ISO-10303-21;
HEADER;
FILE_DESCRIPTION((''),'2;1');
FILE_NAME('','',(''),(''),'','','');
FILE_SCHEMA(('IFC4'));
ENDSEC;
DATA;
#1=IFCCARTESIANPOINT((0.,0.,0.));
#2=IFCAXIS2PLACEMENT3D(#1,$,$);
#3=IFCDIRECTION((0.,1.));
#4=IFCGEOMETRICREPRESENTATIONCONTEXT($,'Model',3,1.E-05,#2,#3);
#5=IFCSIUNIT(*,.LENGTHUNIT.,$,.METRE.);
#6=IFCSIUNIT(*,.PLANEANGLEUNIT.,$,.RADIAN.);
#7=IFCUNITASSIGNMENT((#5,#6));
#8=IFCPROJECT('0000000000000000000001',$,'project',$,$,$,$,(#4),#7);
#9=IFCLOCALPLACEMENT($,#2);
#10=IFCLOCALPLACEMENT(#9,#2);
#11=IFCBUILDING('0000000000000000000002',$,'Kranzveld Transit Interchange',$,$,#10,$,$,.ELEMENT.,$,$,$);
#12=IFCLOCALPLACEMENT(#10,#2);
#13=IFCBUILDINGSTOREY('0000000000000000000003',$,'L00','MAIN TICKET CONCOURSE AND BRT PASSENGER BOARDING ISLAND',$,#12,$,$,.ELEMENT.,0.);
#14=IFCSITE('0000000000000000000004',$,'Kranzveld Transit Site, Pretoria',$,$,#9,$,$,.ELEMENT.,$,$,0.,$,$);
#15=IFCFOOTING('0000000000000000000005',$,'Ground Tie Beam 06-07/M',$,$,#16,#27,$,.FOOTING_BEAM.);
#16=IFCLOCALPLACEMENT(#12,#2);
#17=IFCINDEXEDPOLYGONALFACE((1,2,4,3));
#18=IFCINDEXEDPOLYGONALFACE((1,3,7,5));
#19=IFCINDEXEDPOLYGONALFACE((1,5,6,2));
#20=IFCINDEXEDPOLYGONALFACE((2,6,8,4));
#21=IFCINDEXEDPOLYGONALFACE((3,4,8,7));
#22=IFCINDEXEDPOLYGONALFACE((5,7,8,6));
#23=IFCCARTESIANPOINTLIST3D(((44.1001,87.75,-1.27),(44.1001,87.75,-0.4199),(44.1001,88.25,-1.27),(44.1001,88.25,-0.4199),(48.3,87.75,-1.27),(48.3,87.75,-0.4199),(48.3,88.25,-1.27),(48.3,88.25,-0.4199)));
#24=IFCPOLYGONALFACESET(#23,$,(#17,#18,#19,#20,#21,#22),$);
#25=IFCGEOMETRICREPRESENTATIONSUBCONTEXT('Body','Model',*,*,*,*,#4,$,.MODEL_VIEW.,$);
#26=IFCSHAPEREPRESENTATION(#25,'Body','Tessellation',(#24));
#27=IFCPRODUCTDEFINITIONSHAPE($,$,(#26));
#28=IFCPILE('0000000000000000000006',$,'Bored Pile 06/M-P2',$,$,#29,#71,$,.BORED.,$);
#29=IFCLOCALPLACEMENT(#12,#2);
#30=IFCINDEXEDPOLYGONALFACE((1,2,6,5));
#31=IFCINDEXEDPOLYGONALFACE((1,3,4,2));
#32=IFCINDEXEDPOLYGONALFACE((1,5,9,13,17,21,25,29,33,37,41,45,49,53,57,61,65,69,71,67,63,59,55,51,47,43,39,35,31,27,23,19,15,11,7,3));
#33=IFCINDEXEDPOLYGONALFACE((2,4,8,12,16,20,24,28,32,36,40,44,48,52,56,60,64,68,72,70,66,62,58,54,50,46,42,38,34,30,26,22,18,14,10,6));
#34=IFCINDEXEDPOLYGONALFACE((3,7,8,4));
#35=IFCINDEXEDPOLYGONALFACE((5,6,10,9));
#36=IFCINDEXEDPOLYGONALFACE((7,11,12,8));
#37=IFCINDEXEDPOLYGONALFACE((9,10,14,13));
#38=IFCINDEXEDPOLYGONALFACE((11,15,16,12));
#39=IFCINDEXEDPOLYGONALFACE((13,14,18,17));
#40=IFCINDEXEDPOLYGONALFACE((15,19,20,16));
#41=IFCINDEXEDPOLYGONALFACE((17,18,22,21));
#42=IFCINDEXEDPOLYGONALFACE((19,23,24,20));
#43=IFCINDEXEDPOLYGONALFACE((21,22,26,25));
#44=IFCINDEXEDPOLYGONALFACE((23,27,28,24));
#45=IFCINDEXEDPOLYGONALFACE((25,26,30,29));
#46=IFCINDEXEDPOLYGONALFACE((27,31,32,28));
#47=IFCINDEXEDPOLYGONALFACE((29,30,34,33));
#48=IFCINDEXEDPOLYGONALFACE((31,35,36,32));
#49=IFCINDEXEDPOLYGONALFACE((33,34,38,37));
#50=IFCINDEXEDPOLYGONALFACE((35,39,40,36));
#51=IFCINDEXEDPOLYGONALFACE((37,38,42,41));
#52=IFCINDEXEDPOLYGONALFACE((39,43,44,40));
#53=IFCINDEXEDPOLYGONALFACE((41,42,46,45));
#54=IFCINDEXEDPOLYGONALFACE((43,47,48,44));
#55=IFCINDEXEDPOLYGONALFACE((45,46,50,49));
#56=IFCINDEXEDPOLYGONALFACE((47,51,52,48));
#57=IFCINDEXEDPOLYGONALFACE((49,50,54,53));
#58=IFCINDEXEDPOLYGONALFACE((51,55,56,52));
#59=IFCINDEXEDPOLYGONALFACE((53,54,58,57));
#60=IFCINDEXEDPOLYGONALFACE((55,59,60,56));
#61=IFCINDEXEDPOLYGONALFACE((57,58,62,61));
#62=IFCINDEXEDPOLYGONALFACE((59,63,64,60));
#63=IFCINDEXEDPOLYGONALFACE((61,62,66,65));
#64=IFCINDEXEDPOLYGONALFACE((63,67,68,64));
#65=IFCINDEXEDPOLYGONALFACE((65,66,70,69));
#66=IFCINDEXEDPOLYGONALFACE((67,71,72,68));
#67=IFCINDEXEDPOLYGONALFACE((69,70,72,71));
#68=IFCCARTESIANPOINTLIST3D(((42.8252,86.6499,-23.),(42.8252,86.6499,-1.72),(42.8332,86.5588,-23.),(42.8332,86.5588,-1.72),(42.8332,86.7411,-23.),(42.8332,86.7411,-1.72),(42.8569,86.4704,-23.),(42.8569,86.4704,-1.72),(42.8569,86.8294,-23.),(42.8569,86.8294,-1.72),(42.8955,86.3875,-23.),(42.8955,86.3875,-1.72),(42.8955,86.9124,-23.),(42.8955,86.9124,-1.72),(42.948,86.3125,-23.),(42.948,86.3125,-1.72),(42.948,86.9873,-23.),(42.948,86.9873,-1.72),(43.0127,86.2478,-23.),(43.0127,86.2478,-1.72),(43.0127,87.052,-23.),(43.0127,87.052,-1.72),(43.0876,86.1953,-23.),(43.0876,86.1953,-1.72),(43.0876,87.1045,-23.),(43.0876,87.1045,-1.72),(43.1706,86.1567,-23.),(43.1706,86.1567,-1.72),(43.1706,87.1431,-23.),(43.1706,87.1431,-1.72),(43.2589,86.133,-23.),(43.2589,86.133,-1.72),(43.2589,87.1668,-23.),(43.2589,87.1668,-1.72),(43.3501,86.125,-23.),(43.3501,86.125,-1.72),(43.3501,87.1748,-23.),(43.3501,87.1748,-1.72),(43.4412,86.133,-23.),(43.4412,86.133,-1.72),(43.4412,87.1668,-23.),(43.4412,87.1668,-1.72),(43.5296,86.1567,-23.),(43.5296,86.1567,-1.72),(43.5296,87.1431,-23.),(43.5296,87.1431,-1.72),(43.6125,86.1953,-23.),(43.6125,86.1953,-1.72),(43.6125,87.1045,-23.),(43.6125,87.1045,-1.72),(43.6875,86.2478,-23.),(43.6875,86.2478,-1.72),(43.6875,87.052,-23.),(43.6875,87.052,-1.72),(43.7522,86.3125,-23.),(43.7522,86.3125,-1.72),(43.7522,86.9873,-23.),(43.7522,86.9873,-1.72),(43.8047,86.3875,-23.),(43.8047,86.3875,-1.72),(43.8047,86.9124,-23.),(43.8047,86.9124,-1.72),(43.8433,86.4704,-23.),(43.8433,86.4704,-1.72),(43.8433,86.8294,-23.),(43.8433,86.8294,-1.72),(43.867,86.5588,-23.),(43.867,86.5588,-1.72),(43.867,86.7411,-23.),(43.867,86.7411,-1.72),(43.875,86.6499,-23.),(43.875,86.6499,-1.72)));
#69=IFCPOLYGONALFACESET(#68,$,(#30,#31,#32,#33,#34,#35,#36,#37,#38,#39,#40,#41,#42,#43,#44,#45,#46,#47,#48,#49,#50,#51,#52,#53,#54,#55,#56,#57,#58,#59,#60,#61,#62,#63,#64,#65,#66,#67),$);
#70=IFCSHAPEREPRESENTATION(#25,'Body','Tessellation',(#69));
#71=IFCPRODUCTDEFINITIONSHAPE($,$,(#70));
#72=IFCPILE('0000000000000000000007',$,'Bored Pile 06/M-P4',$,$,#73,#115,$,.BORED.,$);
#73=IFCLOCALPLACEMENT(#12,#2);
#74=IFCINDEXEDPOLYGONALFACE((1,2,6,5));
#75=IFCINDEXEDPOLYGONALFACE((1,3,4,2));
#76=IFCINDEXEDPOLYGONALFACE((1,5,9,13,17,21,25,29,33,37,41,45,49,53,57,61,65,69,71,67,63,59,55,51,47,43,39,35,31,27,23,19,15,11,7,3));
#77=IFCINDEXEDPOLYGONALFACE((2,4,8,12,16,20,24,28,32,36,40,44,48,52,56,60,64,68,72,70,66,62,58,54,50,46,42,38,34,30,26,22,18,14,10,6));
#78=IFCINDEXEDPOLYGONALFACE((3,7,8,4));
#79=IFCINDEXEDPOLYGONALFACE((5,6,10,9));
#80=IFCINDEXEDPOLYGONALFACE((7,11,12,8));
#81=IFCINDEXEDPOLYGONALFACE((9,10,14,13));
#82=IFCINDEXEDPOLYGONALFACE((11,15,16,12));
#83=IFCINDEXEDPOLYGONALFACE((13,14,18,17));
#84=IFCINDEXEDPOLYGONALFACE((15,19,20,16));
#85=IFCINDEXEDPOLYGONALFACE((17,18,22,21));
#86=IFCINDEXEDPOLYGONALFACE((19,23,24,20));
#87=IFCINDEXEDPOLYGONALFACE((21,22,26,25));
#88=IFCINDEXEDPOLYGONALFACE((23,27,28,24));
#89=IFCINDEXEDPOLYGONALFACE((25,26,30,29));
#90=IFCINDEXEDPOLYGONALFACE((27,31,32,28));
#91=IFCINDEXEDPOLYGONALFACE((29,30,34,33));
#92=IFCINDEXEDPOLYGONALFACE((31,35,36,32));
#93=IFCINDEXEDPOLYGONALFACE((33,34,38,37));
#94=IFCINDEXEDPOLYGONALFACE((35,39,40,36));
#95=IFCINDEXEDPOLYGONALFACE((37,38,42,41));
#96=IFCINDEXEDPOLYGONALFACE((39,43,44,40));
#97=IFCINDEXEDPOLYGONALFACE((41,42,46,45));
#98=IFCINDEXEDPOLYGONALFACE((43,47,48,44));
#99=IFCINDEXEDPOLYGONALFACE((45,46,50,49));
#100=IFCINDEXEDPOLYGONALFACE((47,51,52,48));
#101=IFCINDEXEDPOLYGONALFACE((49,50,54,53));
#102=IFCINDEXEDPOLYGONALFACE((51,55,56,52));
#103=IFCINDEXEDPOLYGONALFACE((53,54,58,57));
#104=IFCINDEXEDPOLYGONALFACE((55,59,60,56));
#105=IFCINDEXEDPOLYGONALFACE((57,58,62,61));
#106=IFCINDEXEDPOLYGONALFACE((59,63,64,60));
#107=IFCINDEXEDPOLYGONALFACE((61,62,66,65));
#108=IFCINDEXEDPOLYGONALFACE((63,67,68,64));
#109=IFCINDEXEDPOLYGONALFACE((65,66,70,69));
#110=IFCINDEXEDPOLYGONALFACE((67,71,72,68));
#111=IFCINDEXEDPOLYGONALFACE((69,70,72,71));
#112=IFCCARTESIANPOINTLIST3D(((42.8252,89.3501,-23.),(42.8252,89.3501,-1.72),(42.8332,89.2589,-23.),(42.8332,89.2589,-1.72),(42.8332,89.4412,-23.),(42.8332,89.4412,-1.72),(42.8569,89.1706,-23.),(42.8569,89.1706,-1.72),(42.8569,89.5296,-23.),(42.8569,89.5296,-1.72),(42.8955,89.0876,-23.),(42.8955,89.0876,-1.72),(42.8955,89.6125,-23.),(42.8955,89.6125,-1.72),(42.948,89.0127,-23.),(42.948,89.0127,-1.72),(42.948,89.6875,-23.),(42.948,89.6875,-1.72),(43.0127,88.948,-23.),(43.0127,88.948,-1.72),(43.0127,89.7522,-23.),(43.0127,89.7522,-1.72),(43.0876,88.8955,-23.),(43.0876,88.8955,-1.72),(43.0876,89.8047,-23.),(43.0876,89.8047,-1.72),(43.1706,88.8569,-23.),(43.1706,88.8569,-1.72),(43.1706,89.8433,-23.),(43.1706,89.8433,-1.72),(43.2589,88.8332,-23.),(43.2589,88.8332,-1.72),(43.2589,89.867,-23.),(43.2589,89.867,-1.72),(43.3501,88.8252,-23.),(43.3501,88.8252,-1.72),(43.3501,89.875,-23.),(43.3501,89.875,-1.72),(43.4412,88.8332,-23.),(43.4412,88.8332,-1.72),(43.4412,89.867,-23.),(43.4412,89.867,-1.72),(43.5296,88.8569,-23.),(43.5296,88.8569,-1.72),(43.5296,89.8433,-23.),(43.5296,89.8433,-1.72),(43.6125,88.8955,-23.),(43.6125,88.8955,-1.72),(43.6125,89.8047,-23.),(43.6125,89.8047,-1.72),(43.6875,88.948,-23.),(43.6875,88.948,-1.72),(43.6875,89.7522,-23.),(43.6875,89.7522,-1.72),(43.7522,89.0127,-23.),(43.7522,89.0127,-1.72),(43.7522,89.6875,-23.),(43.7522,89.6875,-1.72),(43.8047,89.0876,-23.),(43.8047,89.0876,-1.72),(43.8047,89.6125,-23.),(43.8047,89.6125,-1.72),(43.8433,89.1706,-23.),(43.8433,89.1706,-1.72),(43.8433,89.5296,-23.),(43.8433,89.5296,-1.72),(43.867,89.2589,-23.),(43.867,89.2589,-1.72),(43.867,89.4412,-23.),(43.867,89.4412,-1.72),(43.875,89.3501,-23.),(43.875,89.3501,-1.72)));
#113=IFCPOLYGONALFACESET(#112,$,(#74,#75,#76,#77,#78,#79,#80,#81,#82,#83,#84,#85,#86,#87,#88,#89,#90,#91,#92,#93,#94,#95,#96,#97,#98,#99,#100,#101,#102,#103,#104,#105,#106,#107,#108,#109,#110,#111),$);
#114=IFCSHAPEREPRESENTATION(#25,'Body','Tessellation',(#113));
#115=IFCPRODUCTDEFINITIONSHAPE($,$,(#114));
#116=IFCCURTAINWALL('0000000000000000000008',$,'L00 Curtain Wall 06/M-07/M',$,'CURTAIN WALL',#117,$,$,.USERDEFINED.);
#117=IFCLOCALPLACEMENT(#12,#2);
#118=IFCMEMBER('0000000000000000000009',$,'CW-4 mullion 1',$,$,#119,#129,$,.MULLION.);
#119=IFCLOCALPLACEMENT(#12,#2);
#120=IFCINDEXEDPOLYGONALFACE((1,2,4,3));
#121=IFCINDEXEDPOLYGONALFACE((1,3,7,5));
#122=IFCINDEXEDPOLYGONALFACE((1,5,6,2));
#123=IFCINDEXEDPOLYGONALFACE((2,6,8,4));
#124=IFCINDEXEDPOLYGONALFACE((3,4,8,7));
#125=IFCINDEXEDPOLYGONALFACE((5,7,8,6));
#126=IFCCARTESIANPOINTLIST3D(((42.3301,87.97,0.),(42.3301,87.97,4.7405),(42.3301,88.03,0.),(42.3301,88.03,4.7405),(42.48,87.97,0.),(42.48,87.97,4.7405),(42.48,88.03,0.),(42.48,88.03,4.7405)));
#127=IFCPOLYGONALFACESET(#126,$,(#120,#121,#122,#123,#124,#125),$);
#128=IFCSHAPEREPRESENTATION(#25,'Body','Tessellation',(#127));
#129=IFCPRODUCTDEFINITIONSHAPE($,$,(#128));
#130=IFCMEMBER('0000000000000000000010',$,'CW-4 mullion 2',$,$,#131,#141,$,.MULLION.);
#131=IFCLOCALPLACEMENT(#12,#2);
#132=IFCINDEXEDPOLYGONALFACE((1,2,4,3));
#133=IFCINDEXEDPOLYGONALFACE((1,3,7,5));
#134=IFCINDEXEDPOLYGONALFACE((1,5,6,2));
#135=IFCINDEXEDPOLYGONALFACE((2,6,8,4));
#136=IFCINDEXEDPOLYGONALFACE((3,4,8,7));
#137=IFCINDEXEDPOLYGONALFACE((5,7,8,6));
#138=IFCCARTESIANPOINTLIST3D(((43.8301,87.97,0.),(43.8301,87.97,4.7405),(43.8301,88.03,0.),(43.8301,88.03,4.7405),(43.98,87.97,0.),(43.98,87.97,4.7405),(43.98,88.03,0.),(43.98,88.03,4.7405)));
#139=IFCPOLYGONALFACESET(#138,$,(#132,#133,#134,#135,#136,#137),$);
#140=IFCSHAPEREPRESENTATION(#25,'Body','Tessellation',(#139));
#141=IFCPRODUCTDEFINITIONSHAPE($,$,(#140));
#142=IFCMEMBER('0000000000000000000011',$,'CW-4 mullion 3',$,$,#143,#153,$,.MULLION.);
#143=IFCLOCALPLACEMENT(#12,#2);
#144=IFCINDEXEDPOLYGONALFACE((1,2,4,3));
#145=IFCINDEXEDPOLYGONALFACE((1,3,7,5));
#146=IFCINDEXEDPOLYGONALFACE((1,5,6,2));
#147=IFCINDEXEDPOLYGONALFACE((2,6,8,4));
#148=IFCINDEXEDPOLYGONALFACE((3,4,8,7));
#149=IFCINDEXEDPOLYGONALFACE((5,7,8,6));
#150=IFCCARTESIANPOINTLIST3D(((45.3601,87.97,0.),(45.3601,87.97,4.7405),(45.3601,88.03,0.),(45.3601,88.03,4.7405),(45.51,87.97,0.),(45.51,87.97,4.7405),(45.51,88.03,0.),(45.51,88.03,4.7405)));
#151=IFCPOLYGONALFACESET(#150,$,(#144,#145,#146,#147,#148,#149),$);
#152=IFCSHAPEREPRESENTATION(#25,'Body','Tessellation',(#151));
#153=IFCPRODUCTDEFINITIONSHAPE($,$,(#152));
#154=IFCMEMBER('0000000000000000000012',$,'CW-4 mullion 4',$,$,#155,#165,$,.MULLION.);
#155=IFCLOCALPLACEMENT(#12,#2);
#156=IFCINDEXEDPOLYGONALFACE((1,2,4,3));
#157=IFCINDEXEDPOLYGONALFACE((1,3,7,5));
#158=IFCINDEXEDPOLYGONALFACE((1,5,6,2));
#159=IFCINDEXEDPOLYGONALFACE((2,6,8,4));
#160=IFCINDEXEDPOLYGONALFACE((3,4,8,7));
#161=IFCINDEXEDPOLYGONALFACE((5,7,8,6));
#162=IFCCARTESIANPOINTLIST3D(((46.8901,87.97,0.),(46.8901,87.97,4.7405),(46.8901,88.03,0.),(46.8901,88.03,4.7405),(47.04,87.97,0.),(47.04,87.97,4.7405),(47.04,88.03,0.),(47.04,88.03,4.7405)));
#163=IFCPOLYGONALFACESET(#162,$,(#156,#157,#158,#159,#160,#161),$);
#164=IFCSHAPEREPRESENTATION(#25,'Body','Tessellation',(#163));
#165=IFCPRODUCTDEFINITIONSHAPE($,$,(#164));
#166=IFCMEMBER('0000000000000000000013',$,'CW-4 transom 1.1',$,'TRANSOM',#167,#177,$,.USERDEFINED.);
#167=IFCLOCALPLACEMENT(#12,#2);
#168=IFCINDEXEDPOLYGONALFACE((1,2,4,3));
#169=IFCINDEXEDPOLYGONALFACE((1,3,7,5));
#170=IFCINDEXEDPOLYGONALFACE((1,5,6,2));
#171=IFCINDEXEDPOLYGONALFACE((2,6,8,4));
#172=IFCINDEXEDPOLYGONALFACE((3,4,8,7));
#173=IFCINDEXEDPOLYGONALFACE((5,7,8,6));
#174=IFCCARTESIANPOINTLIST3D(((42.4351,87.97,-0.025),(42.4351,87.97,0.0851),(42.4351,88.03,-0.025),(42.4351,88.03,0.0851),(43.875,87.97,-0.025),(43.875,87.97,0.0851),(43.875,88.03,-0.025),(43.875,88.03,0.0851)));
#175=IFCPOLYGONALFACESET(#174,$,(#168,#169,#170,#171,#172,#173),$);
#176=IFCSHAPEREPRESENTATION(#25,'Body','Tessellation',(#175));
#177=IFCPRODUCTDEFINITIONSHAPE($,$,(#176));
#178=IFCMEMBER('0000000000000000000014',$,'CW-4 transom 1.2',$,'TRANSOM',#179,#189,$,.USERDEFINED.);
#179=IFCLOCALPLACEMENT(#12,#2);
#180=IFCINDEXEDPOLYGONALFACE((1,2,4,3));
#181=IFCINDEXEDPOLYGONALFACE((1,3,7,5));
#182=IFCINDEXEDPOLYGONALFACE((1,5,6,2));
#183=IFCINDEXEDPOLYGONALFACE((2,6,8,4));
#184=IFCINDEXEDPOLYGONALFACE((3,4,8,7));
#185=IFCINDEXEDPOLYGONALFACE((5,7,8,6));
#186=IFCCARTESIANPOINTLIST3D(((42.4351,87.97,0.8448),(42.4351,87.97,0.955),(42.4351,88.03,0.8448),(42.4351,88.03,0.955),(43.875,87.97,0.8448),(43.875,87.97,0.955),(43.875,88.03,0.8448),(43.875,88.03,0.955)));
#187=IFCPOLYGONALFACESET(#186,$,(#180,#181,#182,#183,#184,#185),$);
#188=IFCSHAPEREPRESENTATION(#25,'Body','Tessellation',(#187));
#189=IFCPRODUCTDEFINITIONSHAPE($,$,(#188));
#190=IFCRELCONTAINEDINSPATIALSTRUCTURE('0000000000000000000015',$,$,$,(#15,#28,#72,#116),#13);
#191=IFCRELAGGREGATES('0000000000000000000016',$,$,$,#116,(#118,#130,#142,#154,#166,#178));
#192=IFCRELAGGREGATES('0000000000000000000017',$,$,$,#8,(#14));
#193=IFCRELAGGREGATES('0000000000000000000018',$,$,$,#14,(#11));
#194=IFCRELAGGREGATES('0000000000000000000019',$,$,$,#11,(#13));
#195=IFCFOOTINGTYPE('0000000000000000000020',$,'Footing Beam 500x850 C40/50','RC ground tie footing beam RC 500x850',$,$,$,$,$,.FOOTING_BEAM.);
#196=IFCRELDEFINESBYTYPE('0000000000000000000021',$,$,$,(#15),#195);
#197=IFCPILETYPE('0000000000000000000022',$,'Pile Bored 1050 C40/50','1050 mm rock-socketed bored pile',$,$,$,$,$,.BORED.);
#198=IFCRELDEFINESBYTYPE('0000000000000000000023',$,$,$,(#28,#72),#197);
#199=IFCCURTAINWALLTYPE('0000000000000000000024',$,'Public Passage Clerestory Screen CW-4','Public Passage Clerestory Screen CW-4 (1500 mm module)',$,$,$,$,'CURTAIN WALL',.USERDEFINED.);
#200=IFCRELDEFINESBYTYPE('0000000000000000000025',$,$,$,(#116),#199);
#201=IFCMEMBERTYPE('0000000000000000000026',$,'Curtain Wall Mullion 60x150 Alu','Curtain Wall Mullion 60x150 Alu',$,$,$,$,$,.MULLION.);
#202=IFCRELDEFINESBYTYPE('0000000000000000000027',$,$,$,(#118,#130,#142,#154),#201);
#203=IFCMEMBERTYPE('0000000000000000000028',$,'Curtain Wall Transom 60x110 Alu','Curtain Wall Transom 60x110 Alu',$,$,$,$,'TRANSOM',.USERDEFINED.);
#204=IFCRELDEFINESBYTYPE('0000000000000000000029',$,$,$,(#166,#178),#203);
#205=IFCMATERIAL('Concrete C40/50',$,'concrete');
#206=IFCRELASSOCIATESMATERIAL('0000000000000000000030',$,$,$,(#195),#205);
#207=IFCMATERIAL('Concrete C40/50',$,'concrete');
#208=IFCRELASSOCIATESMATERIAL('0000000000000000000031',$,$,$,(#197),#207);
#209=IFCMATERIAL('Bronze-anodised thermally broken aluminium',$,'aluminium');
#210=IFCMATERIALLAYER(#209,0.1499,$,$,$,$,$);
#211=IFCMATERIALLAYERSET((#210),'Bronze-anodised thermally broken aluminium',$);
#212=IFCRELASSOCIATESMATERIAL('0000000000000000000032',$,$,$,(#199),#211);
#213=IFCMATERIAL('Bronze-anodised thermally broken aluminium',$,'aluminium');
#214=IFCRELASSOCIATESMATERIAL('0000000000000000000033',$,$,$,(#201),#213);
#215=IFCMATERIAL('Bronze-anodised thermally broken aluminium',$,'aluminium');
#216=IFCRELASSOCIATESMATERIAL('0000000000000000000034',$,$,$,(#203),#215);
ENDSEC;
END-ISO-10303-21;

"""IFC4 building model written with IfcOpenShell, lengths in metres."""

from ifc_helpers import new_model, si_unit, direction, frame, origin, origin_2d, place, context, subcontext, project, spatial, rectangle, circle, extrude, material, layer, layer_set, material_profile, profile_set, type_object, element, aggregate, save


model = new_model("IFC4")

# Units and contexts
model_context = context("Model", 3, precision=1e-05, world=origin(), true_north=direction((0.0, 1.0)))
body_context = subcontext(model_context, "Body", "Model", "MODEL_VIEW")
ifc_project = project(units=[si_unit("LENGTHUNIT", "METRE"), si_unit("PLANEANGLEUNIT", "RADIAN")], contexts=[model_context])

# Site, building, storey
site_placement = place(None, origin())
site = spatial("IfcSite", under=ifc_project, at=site_placement, Name="Kranzveld Transit Site, Pretoria", CompositionType="ELEMENT", RefElevation=0.0)
building_placement = place(site_placement, origin())
building = spatial("IfcBuilding", under=site, at=building_placement, Name="Kranzveld Transit Interchange", CompositionType="ELEMENT")
storey_placement = place(building_placement, origin())
storey = spatial("IfcBuildingStorey", under=building, at=storey_placement, Name="L00", Description="MAIN TICKET CONCOURSE AND BRT PASSENGER BOARDING ISLAND", CompositionType="ELEMENT", Elevation=0.0)

# Footing
ifc_material_1 = material(Name="Concrete C40/50", Category="concrete")
ifc_material_profile_1 = material_profile(ifc_material_1, rectangle(XDim=0.5, YDim=0.8501, at=origin_2d()), Name="RC 500x850")
ifc_profile_set_1 = profile_set([ifc_material_profile_1], Name="Concrete C40/50")
footing_type = type_object("IfcFootingType", Name="Footing Beam 500x850 C40/50", Description="RC ground tie footing beam RC 500x850", PredefinedType="FOOTING_BEAM", material=ifc_profile_set_1)
footing_placement = place(storey_placement, frame((44.1001, 88.0, -0.845), z_axis=(1.0, 0.0, 0.0), x_axis=(0.0, 1.0, 0.0)))
element("IfcFooting", 1, at=footing_placement, inside=storey, type_object=footing_type, Name="Ground Tie Beam 06-07/M", PredefinedType="FOOTING_BEAM", context=body_context, shape_type="SweptSolid", body=[
    extrude(rectangle(XDim=0.5, YDim=0.8501, at=origin_2d()), origin(), (0.0, 0.0, 1.0), 4.2),
])

# Piles
ifc_material_2 = material(Name="Concrete C40/50", Category="concrete")
ifc_material_profile_2 = material_profile(ifc_material_2, circle(Radius=0.5249, at=origin_2d()), Name="BORED PILE 1050")
ifc_profile_set_2 = profile_set([ifc_material_profile_2], Name="Concrete C40/50")
pile_type = type_object("IfcPileType", Name="Pile Bored 1050 C40/50", Description="1050 mm rock-socketed bored pile", PredefinedType="BORED", material=ifc_profile_set_2)
for number, where, z_axis, x_axis, name in (
    (2, (43.3501, 86.6499, -1.72), (0.0, 0.0, -1.0), (1.0, 0.0, 0.0), "Bored Pile 06/M-P2"),
    (3, (43.3501, 89.3501, -1.72), (0.0, 0.0, -1.0), (1.0, 0.0, 0.0), "Bored Pile 06/M-P4"),
):
    element("IfcPile", number, at=place(storey_placement, frame(where, z_axis=z_axis, x_axis=x_axis)), inside=storey, type_object=pile_type, Name=name, PredefinedType="BORED", context=body_context, shape_type="SweptSolid", body=[
        extrude(circle(Radius=0.5249, at=origin_2d()), origin(), (0.0, 0.0, 1.0), 21.28),
    ])

# Curtain wall, members
ifc_material_3 = material(Name="Bronze-anodised thermally broken aluminium", Category="aluminium")
ifc_layer_1 = layer(ifc_material_3, 0.1499)
ifc_layer_set_1 = layer_set([ifc_layer_1], Name="Bronze-anodised thermally broken aluminium")
curtain_wall_type = type_object("IfcCurtainWallType", Name="Public Passage Clerestory Screen CW-4", Description="Public Passage Clerestory Screen CW-4 (1500 mm module)", ElementType="CURTAIN WALL", PredefinedType="USERDEFINED", material=ifc_layer_set_1)
curtain_wall_placement = place(storey_placement, origin())
curtain_wall = element("IfcCurtainWall", 4, at=curtain_wall_placement, inside=storey, type_object=curtain_wall_type, Name="L00 Curtain Wall 06/M-07/M", ObjectType="CURTAIN WALL", PredefinedType="USERDEFINED")
ifc_material_4 = material(Name="Bronze-anodised thermally broken aluminium", Category="aluminium")
ifc_material_profile_3 = material_profile(ifc_material_4, rectangle(XDim=0.0601, YDim=0.1499, at=origin_2d()), Name="ALU MULLION 60x150")
ifc_profile_set_3 = profile_set([ifc_material_profile_3], Name="Bronze-anodised thermally broken aluminium")
member_type_1 = type_object("IfcMemberType", Name="Curtain Wall Mullion 60x150 Alu", Description="Curtain Wall Mullion 60x150 Alu", PredefinedType="MULLION", material=ifc_profile_set_3)
member_1_placement = place(storey_placement, frame((42.405, 88.0, 0.0), z_axis=(0.0, 0.0, 1.0), x_axis=(0.0, 1.0, 0.0)))
member_1 = element("IfcMember", 5, at=member_1_placement, type_object=member_type_1, Name="CW-4 mullion 1", PredefinedType="MULLION", context=body_context, shape_type="SweptSolid", body=[
    extrude(rectangle(XDim=0.0601, YDim=0.1499, at=origin_2d()), origin(), (0.0, 0.0, 1.0), 4.7405),
])
member_2_placement = place(storey_placement, frame((43.905, 88.0, 0.0), z_axis=(0.0, 0.0, 1.0), x_axis=(0.0, 1.0, 0.0)))
member_2 = element("IfcMember", 6, at=member_2_placement, type_object=member_type_1, Name="CW-4 mullion 2", PredefinedType="MULLION", context=body_context, shape_type="SweptSolid", body=[
    extrude(rectangle(XDim=0.0601, YDim=0.1499, at=origin_2d()), origin(), (0.0, 0.0, 1.0), 4.7405),
])
member_3_placement = place(storey_placement, frame((45.4351, 88.0, 0.0), z_axis=(0.0, 0.0, 1.0), x_axis=(0.0, 1.0, 0.0)))
member_3 = element("IfcMember", 7, at=member_3_placement, type_object=member_type_1, Name="CW-4 mullion 3", PredefinedType="MULLION", context=body_context, shape_type="SweptSolid", body=[
    extrude(rectangle(XDim=0.0601, YDim=0.1499, at=origin_2d()), origin(), (0.0, 0.0, 1.0), 4.7405),
])
member_4_placement = place(storey_placement, frame((46.9651, 88.0, 0.0), z_axis=(0.0, 0.0, 1.0), x_axis=(0.0, 1.0, 0.0)))
member_4 = element("IfcMember", 8, at=member_4_placement, type_object=member_type_1, Name="CW-4 mullion 4", PredefinedType="MULLION", context=body_context, shape_type="SweptSolid", body=[
    extrude(rectangle(XDim=0.0601, YDim=0.1499, at=origin_2d()), origin(), (0.0, 0.0, 1.0), 4.7405),
])
ifc_material_5 = material(Name="Bronze-anodised thermally broken aluminium", Category="aluminium")
ifc_material_profile_4 = material_profile(ifc_material_5, rectangle(XDim=0.0601, YDim=0.1101, at=origin_2d()), Name="ALU TRANSOM 60x110")
ifc_profile_set_4 = profile_set([ifc_material_profile_4], Name="Bronze-anodised thermally broken aluminium")
member_type_2 = type_object("IfcMemberType", Name="Curtain Wall Transom 60x110 Alu", Description="Curtain Wall Transom 60x110 Alu", ElementType="TRANSOM", PredefinedType="USERDEFINED", material=ifc_profile_set_4)
member_5_placement = place(storey_placement, frame((42.4351, 88.0, 0.03), z_axis=(1.0, 0.0, 0.0), x_axis=(0.0, 1.0, 0.0)))
member_5 = element("IfcMember", 9, at=member_5_placement, type_object=member_type_2, Name="CW-4 transom 1.1", ObjectType="TRANSOM", PredefinedType="USERDEFINED", context=body_context, shape_type="SweptSolid", body=[
    extrude(rectangle(XDim=0.0601, YDim=0.1101, at=origin_2d()), origin(), (0.0, 0.0, 1.0), 1.4399),
])
member_6_placement = place(storey_placement, frame((42.4351, 88.0, 0.8999), z_axis=(1.0, 0.0, 0.0), x_axis=(0.0, 1.0, 0.0)))
member_6 = element("IfcMember", 10, at=member_6_placement, type_object=member_type_2, Name="CW-4 transom 1.2", ObjectType="TRANSOM", PredefinedType="USERDEFINED", context=body_context, shape_type="SweptSolid", body=[
    extrude(rectangle(XDim=0.0601, YDim=0.1101, at=origin_2d()), origin(), (0.0, 0.0, 1.0), 1.4399),
])

aggregate(curtain_wall, [member_1, member_2, member_3, member_4, member_5, member_6])

save(model, "model.ifc")
